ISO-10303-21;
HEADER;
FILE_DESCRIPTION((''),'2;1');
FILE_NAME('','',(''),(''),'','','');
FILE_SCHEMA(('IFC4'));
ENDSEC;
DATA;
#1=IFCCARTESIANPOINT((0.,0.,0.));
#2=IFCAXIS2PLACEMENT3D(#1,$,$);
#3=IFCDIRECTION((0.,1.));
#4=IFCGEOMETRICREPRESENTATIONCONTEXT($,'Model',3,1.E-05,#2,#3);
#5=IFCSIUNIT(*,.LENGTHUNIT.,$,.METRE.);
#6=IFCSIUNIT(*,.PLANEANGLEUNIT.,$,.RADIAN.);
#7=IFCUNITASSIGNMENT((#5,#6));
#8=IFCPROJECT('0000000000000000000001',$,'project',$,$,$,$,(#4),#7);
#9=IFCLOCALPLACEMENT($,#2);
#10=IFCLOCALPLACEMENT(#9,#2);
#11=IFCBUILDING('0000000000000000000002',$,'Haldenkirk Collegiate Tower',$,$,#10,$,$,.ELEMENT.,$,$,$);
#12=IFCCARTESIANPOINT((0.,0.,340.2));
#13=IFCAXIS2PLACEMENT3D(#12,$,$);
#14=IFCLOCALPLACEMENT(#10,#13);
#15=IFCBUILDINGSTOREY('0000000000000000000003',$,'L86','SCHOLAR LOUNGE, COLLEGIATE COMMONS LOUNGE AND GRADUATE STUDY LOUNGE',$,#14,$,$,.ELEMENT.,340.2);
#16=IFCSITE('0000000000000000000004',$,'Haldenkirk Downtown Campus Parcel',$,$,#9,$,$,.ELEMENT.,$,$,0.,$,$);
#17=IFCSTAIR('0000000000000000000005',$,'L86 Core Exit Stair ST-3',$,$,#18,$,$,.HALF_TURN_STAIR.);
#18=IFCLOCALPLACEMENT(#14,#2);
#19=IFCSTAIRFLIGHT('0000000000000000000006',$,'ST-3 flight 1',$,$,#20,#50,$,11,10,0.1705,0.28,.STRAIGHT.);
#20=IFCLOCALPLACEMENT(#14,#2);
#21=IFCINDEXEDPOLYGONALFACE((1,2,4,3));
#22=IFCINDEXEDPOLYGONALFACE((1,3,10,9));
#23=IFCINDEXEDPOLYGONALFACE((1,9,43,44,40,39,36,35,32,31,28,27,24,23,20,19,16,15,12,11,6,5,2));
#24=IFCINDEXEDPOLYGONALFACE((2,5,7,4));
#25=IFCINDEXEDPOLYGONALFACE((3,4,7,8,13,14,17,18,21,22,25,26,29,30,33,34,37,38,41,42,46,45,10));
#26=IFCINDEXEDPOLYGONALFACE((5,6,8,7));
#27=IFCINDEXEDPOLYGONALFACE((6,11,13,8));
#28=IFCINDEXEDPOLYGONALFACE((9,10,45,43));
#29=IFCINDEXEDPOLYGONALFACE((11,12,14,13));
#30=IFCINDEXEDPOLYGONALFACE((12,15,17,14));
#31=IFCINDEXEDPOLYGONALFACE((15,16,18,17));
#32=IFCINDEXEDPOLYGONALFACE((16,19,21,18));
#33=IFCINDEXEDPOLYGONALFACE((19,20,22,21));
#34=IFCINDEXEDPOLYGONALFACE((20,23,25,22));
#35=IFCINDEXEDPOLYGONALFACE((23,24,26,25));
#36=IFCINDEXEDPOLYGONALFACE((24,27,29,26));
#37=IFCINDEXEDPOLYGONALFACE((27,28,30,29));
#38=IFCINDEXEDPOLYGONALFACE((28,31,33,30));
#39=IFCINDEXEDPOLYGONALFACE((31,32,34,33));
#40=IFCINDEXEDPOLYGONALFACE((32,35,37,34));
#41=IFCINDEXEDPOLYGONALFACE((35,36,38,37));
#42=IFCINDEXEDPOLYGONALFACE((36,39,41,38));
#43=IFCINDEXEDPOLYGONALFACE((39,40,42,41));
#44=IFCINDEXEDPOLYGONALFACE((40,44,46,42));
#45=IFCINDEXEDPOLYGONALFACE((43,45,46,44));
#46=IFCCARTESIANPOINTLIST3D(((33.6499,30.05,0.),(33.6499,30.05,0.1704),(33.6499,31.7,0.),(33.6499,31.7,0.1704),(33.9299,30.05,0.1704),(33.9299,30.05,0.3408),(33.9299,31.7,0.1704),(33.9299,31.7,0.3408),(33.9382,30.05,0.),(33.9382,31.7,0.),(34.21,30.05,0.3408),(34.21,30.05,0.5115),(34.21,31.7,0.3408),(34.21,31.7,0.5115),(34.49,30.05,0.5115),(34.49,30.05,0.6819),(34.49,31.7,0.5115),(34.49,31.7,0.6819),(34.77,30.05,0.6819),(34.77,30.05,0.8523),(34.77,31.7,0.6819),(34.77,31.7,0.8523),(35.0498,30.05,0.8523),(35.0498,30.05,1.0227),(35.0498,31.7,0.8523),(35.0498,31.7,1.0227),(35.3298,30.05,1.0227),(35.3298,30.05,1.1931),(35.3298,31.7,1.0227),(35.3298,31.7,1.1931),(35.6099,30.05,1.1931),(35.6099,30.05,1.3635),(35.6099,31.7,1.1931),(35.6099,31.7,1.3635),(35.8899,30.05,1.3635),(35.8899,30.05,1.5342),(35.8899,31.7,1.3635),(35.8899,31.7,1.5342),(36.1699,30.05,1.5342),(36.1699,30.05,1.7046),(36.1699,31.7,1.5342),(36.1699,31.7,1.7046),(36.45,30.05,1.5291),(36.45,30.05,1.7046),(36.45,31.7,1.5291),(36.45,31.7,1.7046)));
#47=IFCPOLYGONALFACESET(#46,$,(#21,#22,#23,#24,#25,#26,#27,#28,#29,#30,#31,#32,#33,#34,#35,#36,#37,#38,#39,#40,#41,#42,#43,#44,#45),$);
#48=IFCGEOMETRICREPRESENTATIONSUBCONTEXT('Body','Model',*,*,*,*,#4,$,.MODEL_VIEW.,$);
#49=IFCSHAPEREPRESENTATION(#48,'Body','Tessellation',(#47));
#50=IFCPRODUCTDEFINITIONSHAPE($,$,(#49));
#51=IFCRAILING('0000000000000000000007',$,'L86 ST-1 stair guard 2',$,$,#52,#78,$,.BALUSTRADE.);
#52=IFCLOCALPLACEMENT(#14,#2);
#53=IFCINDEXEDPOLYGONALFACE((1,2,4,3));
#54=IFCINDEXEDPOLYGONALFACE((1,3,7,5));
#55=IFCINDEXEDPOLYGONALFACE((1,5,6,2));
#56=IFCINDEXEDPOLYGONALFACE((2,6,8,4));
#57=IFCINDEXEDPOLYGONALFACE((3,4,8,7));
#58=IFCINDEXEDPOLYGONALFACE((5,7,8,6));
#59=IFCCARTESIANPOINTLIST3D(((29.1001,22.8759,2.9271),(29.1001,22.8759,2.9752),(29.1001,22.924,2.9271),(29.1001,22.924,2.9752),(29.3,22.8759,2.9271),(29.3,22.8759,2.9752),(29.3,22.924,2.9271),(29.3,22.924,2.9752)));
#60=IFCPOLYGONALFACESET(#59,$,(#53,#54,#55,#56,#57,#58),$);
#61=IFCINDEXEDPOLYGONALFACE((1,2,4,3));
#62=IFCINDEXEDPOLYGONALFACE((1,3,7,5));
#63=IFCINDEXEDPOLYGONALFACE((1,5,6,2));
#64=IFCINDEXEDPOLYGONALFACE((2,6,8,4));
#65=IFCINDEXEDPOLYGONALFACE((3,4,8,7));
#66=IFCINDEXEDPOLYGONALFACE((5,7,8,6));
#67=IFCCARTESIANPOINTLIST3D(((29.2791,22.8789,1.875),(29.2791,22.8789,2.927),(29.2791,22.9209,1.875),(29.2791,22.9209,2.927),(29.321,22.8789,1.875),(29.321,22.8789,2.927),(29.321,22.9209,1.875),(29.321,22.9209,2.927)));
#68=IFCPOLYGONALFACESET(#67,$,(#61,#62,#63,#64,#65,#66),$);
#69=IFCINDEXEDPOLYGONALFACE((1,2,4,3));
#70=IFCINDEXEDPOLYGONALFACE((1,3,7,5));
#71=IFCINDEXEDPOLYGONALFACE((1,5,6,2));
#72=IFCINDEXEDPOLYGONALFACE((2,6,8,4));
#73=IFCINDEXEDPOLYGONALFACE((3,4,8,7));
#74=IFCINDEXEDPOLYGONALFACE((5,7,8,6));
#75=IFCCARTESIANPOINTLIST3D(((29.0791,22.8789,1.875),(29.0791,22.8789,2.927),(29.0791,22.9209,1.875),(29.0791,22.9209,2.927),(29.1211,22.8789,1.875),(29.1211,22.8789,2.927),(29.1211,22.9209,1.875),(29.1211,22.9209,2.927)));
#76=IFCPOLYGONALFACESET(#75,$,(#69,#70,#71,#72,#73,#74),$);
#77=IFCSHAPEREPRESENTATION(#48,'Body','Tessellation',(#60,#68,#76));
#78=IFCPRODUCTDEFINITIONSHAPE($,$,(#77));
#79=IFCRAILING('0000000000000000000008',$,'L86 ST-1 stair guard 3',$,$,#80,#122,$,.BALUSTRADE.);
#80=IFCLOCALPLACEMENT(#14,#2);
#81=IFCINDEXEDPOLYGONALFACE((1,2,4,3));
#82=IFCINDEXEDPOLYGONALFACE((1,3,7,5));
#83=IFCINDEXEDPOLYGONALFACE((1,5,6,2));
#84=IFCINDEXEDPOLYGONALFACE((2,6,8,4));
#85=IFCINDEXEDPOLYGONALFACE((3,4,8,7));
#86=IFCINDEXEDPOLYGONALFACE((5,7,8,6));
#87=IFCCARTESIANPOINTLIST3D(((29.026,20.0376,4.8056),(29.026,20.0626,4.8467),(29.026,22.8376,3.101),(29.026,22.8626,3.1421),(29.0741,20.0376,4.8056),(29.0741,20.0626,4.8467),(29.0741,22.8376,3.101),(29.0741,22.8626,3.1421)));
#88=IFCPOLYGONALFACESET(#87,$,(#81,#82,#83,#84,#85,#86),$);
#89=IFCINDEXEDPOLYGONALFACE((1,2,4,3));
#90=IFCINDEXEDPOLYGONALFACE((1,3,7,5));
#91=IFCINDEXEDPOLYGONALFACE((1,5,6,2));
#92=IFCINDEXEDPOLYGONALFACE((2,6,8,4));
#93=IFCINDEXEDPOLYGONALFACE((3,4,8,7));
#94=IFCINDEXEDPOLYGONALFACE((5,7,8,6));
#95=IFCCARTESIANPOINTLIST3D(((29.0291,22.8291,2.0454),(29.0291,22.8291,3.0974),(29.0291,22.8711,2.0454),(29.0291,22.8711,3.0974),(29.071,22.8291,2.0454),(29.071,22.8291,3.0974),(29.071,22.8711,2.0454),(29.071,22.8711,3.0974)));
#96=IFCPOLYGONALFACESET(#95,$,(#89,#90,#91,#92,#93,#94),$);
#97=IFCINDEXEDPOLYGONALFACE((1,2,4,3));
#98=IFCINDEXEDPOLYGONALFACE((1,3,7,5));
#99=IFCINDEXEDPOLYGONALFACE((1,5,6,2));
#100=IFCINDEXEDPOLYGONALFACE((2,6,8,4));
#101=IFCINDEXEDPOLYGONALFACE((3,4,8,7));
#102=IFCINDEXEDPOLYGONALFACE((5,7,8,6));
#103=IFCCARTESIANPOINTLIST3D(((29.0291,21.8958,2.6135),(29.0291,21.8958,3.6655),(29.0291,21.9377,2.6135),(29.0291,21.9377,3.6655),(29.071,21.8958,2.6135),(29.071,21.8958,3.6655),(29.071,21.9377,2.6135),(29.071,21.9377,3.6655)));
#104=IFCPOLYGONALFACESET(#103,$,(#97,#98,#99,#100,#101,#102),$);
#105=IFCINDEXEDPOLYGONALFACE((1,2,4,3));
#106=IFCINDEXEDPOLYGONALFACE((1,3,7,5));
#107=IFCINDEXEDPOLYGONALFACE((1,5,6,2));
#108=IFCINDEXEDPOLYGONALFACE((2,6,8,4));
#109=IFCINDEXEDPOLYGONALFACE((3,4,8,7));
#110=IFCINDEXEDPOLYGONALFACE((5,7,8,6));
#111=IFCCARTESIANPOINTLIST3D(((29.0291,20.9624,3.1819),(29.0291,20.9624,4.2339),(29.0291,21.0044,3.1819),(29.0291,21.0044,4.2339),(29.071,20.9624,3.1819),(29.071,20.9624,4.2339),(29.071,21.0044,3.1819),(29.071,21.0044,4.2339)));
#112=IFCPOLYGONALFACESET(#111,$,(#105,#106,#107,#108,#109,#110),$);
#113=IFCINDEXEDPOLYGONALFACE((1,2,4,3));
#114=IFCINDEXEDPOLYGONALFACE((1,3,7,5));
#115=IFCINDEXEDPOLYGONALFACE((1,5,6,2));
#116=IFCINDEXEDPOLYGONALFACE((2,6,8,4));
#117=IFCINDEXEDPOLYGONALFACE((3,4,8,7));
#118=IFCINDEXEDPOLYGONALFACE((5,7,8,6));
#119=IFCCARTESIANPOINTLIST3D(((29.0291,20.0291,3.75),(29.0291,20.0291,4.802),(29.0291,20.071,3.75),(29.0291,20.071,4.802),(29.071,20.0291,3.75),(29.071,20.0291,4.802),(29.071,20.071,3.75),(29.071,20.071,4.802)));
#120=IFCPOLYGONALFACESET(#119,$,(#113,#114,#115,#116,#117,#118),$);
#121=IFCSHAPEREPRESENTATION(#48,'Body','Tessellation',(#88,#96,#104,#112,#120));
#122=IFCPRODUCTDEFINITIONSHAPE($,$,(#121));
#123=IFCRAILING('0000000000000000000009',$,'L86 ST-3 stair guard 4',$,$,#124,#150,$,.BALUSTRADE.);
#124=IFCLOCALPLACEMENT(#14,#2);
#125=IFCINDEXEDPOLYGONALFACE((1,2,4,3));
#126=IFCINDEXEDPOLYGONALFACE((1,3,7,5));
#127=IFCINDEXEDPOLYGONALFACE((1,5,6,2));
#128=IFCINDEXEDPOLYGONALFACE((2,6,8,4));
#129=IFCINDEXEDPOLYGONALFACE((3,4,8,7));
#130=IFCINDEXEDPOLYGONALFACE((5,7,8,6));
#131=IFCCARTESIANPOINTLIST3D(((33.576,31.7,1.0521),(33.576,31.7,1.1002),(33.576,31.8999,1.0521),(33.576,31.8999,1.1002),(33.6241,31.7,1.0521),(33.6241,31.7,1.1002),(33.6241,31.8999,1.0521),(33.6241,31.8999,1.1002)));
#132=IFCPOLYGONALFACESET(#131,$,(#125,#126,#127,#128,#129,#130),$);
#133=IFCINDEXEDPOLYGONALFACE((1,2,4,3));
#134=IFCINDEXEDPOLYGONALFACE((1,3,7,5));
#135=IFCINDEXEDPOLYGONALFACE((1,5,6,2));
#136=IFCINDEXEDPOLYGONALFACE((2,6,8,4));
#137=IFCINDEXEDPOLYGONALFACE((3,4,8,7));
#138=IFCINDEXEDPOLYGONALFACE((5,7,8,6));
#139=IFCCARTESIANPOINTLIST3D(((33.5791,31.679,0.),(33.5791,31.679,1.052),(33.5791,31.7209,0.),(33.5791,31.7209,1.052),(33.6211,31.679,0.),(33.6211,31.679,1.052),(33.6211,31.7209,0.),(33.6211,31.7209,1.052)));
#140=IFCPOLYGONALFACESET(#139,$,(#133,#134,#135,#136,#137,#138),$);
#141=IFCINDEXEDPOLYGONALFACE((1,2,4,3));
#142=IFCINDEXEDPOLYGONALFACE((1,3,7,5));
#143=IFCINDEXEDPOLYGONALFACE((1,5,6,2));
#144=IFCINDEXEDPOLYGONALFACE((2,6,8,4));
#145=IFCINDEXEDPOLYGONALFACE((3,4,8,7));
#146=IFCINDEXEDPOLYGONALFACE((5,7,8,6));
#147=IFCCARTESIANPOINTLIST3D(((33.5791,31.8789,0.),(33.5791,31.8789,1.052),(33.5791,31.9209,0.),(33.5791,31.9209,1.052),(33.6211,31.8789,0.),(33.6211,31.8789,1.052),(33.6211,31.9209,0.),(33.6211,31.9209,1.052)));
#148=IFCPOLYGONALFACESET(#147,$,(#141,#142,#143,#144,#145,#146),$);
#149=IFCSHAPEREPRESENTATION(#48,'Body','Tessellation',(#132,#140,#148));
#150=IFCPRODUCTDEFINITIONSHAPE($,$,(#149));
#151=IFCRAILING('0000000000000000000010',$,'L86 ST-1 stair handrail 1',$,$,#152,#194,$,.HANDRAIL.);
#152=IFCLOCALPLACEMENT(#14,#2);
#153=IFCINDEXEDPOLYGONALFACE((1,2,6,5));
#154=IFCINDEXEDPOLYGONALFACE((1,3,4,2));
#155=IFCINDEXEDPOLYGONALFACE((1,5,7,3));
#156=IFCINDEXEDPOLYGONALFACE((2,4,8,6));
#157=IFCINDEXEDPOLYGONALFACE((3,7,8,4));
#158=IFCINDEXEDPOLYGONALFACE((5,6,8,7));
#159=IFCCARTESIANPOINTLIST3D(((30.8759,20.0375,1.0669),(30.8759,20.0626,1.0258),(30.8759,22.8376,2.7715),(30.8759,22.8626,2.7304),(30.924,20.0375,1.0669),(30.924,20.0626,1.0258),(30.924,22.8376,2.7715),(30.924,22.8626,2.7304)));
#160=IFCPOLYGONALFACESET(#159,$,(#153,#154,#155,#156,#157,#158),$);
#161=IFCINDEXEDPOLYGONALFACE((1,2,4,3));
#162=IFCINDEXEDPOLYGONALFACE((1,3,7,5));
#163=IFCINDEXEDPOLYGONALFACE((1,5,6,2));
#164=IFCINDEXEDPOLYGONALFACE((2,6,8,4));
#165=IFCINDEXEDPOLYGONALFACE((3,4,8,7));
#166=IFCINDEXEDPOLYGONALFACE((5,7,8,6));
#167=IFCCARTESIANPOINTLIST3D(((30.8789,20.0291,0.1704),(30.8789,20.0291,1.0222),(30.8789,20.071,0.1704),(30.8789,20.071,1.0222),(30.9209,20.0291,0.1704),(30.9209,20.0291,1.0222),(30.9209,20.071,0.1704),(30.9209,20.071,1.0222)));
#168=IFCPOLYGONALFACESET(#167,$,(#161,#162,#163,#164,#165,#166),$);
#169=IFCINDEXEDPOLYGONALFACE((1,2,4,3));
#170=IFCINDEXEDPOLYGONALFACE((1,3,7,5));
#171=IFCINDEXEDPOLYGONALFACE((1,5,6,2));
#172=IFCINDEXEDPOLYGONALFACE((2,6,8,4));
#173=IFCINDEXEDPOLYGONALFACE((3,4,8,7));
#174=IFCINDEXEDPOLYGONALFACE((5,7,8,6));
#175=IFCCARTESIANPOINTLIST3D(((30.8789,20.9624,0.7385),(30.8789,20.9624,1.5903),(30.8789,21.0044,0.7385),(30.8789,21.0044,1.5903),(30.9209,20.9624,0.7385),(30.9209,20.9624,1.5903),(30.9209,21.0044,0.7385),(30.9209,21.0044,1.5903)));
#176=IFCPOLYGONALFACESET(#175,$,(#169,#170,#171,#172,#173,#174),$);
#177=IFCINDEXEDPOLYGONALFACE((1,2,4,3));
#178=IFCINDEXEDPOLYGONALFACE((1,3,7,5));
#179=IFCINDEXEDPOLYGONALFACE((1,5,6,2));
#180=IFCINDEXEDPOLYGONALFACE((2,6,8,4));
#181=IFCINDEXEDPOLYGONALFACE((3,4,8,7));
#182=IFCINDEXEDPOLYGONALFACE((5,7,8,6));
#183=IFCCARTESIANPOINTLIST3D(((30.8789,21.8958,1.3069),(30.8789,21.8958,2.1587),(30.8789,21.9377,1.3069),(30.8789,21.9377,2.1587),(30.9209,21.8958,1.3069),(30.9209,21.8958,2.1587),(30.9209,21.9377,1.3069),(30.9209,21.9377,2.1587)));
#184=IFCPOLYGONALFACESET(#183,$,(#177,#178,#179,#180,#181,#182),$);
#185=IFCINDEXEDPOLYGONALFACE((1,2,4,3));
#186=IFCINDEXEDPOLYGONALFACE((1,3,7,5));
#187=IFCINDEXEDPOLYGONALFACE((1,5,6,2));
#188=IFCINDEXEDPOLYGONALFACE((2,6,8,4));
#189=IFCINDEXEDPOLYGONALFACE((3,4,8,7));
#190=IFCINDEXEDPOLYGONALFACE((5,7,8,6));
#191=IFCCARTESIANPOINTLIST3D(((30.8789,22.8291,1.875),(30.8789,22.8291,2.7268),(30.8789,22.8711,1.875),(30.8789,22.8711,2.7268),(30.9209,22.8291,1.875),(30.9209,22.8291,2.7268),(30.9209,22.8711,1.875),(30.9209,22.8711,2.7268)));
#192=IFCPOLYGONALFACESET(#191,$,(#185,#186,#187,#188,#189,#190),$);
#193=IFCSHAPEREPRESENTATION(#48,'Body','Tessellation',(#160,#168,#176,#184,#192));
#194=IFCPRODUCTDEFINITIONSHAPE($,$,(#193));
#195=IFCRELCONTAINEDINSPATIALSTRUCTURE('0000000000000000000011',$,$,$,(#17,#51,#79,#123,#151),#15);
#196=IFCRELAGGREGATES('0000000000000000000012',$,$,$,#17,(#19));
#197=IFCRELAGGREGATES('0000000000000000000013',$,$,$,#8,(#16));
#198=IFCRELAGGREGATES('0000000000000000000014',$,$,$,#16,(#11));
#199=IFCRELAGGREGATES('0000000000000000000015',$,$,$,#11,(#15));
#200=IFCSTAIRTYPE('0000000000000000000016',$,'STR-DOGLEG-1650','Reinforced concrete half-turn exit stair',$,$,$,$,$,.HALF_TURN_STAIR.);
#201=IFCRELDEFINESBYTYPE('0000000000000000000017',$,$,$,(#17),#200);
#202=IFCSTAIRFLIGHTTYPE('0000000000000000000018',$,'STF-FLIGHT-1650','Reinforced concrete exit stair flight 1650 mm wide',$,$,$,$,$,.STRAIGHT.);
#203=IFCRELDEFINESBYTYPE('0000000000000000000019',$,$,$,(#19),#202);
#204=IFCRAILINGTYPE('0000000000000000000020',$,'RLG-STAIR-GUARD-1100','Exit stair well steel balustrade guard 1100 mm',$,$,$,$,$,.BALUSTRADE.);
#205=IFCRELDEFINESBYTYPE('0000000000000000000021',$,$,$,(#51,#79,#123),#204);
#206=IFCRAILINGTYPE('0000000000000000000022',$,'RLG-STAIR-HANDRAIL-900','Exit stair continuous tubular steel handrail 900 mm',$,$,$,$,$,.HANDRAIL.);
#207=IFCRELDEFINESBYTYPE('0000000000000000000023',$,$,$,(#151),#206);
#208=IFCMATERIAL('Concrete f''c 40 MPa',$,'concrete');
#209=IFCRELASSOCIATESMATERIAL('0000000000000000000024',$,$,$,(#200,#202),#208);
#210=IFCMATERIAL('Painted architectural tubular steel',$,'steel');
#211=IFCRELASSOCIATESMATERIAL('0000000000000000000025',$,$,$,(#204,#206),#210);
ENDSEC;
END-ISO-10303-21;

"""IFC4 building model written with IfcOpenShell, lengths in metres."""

from ifc_helpers import new_model, si_unit, direction, frame, origin, origin_2d, place, context, subcontext, project, spatial, polyline, rectangle, outline, extrude, material, type_object, element, aggregate, save


model = new_model("IFC4")

# Units and contexts
model_context = context("Model", 3, precision=1e-05, world=origin(), true_north=direction((0.0, 1.0)))
body_context = subcontext(model_context, "Body", "Model", "MODEL_VIEW")
ifc_project = project(units=[si_unit("LENGTHUNIT", "METRE"), si_unit("PLANEANGLEUNIT", "RADIAN")], contexts=[model_context])

# Site, building, storey
site_placement = place(None, origin())
site = spatial("IfcSite", under=ifc_project, at=site_placement, Name="Haldenkirk Downtown Campus Parcel", CompositionType="ELEMENT", RefElevation=0.0)
building_placement = place(site_placement, origin())
building = spatial("IfcBuilding", under=site, at=building_placement, Name="Haldenkirk Collegiate Tower", CompositionType="ELEMENT")
storey_placement = place(building_placement, frame((0.0, 0.0, 340.2)))
storey = spatial("IfcBuildingStorey", under=building, at=storey_placement, Name="L86", Description="SCHOLAR LOUNGE, COLLEGIATE COMMONS LOUNGE AND GRADUATE STUDY LOUNGE", CompositionType="ELEMENT", Elevation=340.2)

# Stair, stair flight
ifc_material_1 = material(Name="Concrete f'c 40 MPa", Category="concrete")
stair_type = type_object("IfcStairType", Name="STR-DOGLEG-1650", Description="Reinforced concrete half-turn exit stair", PredefinedType="HALF_TURN_STAIR", material=ifc_material_1)
stair_flight_type = type_object("IfcStairFlightType", Name="STF-FLIGHT-1650", Description="Reinforced concrete exit stair flight 1650 mm wide", PredefinedType="STRAIGHT", material=ifc_material_1)
stair_1_placement = place(storey_placement, origin())
stair_1 = element("IfcStair", 1, at=stair_1_placement, inside=storey, type_object=stair_type, Name="L86 Core Exit Stair ST-3", PredefinedType="HALF_TURN_STAIR")
stair_flight_1_placement = place(storey_placement, frame((33.6499, 30.875, 0.0), z_axis=(0.0, 0.0, 1.0), x_axis=(1.0, 0.0, 0.0)))
stair_flight_1 = element("IfcStairFlight", 2, at=stair_flight_1_placement, type_object=stair_flight_type, Name="ST-3 flight 1", NumberOfRisers=11, NumberOfTreads=10, PredefinedType="STRAIGHT", RiserHeight=0.1705, TreadLength=0.28, context=body_context, shape_type="SweptSolid", body=[
    extrude(outline(polyline([(0.0, 0.0), (0.0, 0.1704), (0.28, 0.1704), (0.28, 0.3408), (0.5601, 0.3408), (0.5601, 0.5115), (0.8401, 0.5115), (0.8401, 0.6819), (1.1201, 0.6819), (1.1201, 0.8523), (1.3999, 0.8523), (1.3999, 1.0227), (1.6799, 1.0227), (1.6799, 1.1931), (1.96, 1.1931), (1.96, 1.3635), (2.24, 1.3635), (2.24, 1.5342), (2.52, 1.5342), (2.52, 1.7046), (2.8, 1.7046), (2.8, 1.875), (2.8, 1.5291), (0.2883, 0.0), (0.0, 0.0)])), frame((0.0, 0.825, 0.0), z_axis=(0.0, -1.0, 0.0), x_axis=(1.0, 0.0, 0.0)), (0.0, 0.0, 1.0), 1.6499),
])
aggregate(stair_1, [stair_flight_1])

# Railings
ifc_material_2 = material(Name="Painted architectural tubular steel", Category="steel")
railing_type_1 = type_object("IfcRailingType", Name="RLG-STAIR-GUARD-1100", Description="Exit stair well steel balustrade guard 1100 mm", PredefinedType="BALUSTRADE", material=ifc_material_2)
railing_1_placement = place(storey_placement, frame((29.3, 22.8999, 1.875)))
element("IfcRailing", 3, at=railing_1_placement, inside=storey, type_object=railing_type_1, Name="L86 ST-1 stair guard 2", PredefinedType="BALUSTRADE", context=body_context, shape_type="SweptSolid", body=[
    extrude(rectangle(XDim=0.0481, YDim=0.0481, at=origin_2d()), frame((0.0, 0.0, 1.0762), z_axis=(-1.0, 0.0, 0.0), x_axis=(0.0, -1.0, 0.0)), (0.0, 0.0, 1.0), 0.2),
    extrude(rectangle(XDim=0.042, YDim=0.042, at=origin_2d()), origin(), (0.0, 0.0, 1.0), 1.052),
    extrude(rectangle(XDim=0.042, YDim=0.042, at=origin_2d()), frame((-0.2, 0.0, 0.0)), (0.0, 0.0, 1.0), 1.052),
])
railing_2_placement = place(storey_placement, frame((29.05, 22.8501, 2.0454)))
element("IfcRailing", 4, at=railing_2_placement, inside=storey, type_object=railing_type_1, Name="L86 ST-1 stair guard 3", PredefinedType="BALUSTRADE", context=body_context, shape_type="SweptSolid", body=[
    extrude(rectangle(XDim=0.0481, YDim=0.0481, at=origin_2d()), frame((0.0, 0.0, 1.0762), z_axis=(0.0, -0.85417, 0.519994), x_axis=(1.0, 0.0, 0.0)), (0.0, 0.0, 1.0), 3.2781),
    extrude(rectangle(XDim=0.042, YDim=0.042, at=origin_2d()), origin(), (0.0, 0.0, 1.0), 1.052),
    extrude(rectangle(XDim=0.042, YDim=0.042, at=origin_2d()), frame((0.0, -0.9333, 0.5681)), (0.0, 0.0, 1.0), 1.052),
    extrude(rectangle(XDim=0.042, YDim=0.042, at=origin_2d()), frame((0.0, -1.8667, 1.1365)), (0.0, 0.0, 1.0), 1.052),
    extrude(rectangle(XDim=0.042, YDim=0.042, at=origin_2d()), frame((0.0, -2.8, 1.7046)), (0.0, 0.0, 1.0), 1.052),
])
railing_3_placement = place(storey_placement, frame((33.6001, 31.7, 0.0)))
element("IfcRailing", 5, at=railing_3_placement, inside=storey, type_object=railing_type_1, Name="L86 ST-3 stair guard 4", PredefinedType="BALUSTRADE", context=body_context, shape_type="SweptSolid", body=[
    extrude(rectangle(XDim=0.0481, YDim=0.0481, at=origin_2d()), frame((0.0, 0.0, 1.0762), z_axis=(0.0, 1.0, 0.0), x_axis=(-1.0, 0.0, 0.0)), (0.0, 0.0, 1.0), 0.2),
    extrude(rectangle(XDim=0.042, YDim=0.042, at=origin_2d()), origin(), (0.0, 0.0, 1.0), 1.052),
    extrude(rectangle(XDim=0.042, YDim=0.042, at=origin_2d()), frame((0.0, 0.2, 0.0)), (0.0, 0.0, 1.0), 1.052),
])
railing_type_2 = type_object("IfcRailingType", Name="RLG-STAIR-HANDRAIL-900", Description="Exit stair continuous tubular steel handrail 900 mm", PredefinedType="HANDRAIL", material=ifc_material_2)
railing_4_placement = place(storey_placement, frame((30.8999, 20.05, 0.1704)))
element("IfcRailing", 6, at=railing_4_placement, inside=storey, type_object=railing_type_2, Name="L86 ST-1 stair handrail 1", PredefinedType="HANDRAIL", context=body_context, shape_type="SweptSolid", body=[
    extrude(rectangle(XDim=0.0481, YDim=0.0481, at=origin_2d()), frame((0.0, 0.0, 0.876), z_axis=(0.0, 0.85417, 0.519994), x_axis=(-1.0, 0.0, 0.0)), (0.0, 0.0, 1.0), 3.2781),
    extrude(rectangle(XDim=0.042, YDim=0.042, at=origin_2d()), origin(), (0.0, 0.0, 1.0), 0.8518),
    extrude(rectangle(XDim=0.042, YDim=0.042, at=origin_2d()), frame((0.0, 0.9333, 0.5681)), (0.0, 0.0, 1.0), 0.8518),
    extrude(rectangle(XDim=0.042, YDim=0.042, at=origin_2d()), frame((0.0, 1.8667, 1.1365)), (0.0, 0.0, 1.0), 0.8518),
    extrude(rectangle(XDim=0.042, YDim=0.042, at=origin_2d()), frame((0.0, 2.8, 1.7046)), (0.0, 0.0, 1.0), 0.8518),
])

save(model, "model.ifc")
